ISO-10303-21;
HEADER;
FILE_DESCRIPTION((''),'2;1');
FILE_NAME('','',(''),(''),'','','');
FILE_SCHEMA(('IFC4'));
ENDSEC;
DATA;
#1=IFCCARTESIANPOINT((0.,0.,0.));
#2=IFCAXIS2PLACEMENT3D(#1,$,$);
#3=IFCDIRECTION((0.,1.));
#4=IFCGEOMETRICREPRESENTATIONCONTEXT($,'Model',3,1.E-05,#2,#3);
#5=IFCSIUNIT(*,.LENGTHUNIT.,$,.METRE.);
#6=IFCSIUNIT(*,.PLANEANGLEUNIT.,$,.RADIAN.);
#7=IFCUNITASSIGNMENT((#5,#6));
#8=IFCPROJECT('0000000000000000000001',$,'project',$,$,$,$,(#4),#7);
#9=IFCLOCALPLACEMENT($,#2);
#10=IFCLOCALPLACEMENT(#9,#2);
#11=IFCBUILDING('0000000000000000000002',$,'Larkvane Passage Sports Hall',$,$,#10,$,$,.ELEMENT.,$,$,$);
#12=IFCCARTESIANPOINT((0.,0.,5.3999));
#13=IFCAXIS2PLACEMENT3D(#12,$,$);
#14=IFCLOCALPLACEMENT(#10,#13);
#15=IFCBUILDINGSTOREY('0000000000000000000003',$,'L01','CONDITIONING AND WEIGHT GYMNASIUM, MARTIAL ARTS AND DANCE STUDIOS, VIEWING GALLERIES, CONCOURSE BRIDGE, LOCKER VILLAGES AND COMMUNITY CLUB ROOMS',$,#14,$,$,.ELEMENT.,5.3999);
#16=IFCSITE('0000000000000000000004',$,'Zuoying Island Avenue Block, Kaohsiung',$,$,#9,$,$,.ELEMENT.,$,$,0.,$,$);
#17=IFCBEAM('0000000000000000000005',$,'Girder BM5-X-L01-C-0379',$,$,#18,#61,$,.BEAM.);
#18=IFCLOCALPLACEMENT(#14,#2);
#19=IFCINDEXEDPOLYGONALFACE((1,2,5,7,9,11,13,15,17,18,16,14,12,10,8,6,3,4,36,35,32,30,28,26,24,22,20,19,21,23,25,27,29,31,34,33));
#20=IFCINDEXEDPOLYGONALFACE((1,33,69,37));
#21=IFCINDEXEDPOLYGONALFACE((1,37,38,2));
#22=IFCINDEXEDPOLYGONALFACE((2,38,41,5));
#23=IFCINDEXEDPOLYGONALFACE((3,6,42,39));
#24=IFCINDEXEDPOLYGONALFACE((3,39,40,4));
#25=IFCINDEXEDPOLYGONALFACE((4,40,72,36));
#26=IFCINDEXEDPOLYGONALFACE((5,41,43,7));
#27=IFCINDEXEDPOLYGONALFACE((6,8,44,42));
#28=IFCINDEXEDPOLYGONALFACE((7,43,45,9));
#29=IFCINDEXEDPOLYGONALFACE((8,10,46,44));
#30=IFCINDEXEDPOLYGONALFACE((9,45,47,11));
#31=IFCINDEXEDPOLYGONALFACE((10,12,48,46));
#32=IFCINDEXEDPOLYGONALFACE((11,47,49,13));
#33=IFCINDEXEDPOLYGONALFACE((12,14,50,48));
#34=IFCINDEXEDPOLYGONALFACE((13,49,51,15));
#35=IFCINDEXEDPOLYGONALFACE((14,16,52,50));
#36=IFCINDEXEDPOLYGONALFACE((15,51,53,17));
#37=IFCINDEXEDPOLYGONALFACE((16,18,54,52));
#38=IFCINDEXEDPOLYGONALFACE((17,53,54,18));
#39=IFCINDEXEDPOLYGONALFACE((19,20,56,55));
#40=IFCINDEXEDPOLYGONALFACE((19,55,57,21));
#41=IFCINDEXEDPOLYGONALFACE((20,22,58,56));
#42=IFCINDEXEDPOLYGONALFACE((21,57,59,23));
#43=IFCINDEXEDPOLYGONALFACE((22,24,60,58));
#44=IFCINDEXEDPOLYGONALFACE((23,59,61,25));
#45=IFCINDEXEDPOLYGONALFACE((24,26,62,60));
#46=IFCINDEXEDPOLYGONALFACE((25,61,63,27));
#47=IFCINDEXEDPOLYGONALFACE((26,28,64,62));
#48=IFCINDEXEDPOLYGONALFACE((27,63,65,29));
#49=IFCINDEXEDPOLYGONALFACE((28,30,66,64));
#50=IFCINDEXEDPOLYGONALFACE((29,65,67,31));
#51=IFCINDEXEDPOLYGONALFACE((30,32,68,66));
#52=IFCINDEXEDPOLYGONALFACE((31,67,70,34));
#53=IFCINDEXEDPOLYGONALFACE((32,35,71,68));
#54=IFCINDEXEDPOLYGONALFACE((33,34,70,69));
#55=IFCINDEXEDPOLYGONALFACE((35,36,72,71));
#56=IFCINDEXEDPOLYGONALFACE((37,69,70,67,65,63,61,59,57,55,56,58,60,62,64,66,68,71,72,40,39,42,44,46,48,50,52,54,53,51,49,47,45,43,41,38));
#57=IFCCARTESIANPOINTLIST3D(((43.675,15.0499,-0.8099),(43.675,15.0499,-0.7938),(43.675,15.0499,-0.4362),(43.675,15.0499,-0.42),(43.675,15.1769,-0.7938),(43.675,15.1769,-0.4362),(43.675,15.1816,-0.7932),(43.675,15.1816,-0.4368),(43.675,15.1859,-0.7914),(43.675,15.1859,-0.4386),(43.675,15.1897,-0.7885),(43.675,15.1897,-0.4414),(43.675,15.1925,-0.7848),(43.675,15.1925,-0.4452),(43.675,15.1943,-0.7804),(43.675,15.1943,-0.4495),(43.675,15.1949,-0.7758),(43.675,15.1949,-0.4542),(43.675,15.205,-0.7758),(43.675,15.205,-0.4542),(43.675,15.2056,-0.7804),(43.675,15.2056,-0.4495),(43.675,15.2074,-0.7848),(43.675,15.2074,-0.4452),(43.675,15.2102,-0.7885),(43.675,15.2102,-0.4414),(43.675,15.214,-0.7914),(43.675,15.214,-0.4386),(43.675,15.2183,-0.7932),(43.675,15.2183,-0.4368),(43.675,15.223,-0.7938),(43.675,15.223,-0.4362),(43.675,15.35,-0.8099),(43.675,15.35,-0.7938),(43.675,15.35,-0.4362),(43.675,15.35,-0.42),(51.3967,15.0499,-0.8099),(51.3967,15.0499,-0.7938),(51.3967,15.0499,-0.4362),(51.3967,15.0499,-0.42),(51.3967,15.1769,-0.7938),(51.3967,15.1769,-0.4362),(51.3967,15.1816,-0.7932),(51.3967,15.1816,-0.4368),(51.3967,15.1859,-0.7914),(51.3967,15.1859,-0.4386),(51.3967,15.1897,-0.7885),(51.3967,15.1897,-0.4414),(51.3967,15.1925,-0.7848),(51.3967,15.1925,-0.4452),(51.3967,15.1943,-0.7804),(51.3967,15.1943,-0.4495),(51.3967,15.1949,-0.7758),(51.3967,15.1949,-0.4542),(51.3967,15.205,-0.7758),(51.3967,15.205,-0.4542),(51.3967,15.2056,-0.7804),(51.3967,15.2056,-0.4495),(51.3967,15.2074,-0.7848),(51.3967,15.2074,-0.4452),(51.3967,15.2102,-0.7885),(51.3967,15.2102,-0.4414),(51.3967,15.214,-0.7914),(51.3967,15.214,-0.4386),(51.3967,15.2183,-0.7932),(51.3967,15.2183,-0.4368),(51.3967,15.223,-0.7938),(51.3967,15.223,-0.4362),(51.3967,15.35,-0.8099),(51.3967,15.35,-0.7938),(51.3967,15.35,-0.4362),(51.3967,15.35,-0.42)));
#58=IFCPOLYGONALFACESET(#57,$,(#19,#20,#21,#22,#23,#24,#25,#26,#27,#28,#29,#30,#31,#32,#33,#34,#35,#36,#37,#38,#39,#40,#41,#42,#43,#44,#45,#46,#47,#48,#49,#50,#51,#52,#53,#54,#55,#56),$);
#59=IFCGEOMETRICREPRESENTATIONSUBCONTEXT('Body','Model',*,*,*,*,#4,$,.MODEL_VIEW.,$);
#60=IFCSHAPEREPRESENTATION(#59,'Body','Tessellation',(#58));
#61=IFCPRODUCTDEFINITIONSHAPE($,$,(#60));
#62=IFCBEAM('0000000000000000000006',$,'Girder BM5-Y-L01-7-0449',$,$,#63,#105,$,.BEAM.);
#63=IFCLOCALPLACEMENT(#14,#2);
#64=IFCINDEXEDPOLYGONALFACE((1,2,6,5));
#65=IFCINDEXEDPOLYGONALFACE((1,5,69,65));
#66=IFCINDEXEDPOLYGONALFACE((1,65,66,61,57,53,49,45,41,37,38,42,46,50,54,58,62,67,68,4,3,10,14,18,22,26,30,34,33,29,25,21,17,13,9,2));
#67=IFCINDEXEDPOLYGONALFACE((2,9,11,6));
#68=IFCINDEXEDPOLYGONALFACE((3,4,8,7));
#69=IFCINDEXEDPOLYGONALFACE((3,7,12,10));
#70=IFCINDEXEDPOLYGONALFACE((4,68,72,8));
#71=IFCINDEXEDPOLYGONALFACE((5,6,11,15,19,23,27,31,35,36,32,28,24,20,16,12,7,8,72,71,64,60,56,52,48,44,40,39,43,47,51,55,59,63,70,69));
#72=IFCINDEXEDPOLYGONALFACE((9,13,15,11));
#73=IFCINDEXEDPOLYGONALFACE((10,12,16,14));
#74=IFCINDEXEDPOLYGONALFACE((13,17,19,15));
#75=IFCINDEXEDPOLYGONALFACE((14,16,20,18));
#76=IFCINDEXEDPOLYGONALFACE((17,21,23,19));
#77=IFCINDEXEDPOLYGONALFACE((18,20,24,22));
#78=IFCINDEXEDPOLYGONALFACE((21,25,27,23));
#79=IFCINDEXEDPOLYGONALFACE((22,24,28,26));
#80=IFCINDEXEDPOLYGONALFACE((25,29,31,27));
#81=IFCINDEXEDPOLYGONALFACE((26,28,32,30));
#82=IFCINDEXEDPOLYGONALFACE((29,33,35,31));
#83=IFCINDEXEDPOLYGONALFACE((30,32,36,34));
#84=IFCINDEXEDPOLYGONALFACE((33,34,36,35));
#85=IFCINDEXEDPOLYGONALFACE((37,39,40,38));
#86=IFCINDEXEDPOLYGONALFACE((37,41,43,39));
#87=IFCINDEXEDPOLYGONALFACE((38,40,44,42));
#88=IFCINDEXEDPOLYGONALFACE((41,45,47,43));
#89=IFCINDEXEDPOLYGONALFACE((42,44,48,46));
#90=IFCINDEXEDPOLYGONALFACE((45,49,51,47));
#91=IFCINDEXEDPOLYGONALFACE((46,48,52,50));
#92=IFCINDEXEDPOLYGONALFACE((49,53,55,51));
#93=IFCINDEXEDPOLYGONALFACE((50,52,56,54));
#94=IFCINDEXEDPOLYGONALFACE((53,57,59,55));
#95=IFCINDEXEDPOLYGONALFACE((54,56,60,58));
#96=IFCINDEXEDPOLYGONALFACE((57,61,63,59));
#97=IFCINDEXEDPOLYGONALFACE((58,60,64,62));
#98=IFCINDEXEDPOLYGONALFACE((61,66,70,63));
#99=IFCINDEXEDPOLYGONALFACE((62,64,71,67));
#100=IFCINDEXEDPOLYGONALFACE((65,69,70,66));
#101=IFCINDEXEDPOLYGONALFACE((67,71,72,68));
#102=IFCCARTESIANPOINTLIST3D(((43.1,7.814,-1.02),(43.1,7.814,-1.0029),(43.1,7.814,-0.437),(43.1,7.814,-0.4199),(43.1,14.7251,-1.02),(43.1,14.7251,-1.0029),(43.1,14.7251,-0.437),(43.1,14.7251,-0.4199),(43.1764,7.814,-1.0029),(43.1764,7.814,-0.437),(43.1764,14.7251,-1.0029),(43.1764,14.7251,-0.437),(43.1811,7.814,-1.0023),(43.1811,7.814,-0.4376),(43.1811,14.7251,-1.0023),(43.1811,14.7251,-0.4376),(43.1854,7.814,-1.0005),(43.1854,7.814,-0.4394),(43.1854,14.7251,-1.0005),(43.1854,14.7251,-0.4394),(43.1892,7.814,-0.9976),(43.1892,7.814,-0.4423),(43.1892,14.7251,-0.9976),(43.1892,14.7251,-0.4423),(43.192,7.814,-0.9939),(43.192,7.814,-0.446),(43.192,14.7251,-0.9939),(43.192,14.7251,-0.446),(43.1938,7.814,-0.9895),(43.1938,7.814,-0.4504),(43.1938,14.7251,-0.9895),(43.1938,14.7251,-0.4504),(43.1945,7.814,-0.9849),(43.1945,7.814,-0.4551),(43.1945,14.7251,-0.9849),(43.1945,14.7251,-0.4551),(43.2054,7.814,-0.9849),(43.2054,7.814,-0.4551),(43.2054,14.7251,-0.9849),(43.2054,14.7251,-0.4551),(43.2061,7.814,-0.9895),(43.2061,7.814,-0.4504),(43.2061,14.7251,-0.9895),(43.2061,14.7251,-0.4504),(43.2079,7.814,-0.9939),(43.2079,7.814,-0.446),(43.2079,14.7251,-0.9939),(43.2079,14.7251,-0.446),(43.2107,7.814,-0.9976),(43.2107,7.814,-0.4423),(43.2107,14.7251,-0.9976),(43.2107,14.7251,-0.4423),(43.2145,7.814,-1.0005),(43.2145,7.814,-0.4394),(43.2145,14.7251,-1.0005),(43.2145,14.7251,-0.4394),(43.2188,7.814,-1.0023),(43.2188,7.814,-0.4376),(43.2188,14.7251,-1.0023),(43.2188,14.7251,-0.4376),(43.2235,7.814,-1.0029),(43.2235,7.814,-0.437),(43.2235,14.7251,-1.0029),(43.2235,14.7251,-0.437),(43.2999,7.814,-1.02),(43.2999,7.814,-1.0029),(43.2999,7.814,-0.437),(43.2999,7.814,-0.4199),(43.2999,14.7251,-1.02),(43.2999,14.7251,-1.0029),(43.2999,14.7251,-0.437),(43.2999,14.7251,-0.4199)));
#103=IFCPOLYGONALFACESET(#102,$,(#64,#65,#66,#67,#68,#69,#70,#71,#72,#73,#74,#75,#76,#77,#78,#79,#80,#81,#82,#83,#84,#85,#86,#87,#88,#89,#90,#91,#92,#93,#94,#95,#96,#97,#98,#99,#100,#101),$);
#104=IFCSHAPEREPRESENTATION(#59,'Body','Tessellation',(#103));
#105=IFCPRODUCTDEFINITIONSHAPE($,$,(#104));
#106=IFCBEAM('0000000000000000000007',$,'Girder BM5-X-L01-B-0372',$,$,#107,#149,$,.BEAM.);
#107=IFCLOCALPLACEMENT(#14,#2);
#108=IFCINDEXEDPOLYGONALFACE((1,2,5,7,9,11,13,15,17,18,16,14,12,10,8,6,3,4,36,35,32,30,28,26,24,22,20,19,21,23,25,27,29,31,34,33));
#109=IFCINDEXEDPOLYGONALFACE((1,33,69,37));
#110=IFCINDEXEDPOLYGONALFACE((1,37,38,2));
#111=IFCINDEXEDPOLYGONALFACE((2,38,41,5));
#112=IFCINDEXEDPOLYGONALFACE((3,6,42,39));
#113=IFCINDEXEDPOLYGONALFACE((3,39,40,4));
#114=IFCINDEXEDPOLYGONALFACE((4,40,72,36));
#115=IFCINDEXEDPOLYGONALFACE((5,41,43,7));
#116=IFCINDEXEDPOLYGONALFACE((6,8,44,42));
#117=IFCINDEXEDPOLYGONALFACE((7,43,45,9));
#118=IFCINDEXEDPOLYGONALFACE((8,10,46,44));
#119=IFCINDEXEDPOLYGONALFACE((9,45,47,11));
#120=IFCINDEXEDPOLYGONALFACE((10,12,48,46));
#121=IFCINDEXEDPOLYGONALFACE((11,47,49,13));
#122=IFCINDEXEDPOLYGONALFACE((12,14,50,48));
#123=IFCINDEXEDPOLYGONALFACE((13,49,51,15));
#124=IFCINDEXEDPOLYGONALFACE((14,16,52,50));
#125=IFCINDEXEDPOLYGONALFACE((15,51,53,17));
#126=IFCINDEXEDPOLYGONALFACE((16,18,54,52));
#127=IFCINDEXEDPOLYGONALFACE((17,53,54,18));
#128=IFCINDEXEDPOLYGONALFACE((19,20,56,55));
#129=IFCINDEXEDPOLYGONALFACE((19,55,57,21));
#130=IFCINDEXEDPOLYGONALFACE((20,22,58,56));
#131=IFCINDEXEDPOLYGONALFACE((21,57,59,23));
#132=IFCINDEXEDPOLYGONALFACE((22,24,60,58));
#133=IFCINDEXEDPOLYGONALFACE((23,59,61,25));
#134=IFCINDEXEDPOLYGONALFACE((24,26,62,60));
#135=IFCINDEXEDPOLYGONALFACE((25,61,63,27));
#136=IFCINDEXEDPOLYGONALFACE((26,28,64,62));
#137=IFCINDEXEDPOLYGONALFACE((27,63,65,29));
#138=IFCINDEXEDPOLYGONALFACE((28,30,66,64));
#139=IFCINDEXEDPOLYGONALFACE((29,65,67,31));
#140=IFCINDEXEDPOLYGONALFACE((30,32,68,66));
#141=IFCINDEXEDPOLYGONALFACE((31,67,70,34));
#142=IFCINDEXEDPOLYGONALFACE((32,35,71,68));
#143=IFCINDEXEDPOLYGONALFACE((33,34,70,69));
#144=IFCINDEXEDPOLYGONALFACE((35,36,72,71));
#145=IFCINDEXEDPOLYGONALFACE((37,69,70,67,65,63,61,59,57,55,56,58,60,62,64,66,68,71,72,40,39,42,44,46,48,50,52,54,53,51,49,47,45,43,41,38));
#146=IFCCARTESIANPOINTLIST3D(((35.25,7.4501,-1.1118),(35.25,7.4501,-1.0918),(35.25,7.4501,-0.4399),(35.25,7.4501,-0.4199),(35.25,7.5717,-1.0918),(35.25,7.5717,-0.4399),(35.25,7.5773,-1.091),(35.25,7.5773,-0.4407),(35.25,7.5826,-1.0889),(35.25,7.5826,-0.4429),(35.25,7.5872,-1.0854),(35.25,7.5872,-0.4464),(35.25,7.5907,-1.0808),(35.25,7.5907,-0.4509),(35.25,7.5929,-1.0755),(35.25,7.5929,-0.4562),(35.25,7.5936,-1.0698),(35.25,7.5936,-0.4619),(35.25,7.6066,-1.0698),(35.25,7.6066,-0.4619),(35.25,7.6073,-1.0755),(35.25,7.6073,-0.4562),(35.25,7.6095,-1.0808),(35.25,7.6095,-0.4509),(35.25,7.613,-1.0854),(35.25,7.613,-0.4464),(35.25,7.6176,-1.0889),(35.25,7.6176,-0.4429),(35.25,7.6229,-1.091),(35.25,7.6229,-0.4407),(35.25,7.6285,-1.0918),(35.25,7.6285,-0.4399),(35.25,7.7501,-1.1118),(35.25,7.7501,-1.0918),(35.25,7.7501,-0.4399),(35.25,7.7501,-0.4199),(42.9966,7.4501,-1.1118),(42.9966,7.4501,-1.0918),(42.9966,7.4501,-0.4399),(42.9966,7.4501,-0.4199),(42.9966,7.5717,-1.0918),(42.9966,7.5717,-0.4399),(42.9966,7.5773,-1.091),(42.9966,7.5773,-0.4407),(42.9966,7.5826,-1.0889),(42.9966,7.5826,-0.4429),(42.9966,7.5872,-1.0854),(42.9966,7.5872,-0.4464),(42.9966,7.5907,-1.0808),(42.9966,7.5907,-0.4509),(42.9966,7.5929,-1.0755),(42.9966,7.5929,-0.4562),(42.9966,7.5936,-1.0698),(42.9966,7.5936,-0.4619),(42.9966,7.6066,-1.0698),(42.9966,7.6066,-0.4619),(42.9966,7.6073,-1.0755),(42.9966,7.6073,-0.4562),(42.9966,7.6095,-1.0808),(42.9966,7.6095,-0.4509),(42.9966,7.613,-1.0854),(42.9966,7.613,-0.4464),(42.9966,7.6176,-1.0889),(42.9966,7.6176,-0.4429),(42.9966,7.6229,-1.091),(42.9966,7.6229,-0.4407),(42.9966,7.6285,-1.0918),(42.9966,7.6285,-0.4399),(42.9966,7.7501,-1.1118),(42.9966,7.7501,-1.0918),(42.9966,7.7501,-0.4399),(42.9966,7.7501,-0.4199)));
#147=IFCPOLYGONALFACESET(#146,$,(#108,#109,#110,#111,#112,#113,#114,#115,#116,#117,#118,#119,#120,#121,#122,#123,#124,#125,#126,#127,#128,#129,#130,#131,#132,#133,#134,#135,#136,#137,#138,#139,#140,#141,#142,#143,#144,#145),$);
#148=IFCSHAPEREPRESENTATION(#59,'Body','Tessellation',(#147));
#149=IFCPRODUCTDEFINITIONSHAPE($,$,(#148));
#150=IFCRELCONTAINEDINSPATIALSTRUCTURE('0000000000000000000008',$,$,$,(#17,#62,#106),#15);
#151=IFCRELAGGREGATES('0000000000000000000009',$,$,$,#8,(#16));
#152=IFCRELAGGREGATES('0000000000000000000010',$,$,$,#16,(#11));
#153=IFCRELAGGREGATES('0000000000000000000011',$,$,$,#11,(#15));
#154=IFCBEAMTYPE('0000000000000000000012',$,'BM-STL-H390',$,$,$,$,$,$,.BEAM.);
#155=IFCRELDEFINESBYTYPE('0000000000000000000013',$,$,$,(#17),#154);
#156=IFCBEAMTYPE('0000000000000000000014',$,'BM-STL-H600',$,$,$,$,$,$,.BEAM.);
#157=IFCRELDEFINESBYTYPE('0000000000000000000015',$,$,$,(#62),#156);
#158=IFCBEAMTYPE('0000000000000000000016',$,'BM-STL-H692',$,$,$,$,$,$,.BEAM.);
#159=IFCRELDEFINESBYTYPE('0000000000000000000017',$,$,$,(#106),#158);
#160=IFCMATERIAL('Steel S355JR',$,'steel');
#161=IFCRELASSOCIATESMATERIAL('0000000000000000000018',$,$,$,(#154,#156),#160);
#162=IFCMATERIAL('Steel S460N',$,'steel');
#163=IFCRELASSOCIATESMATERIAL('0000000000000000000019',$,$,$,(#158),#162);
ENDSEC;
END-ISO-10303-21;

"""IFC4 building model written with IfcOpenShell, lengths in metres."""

from ifc_helpers import new_model, si_unit, direction, frame, origin, origin_2d, place, context, subcontext, project, spatial, i_section, extrude, material, material_profile, profile_set, type_object, element, save


model = new_model("IFC4")

# Units and contexts
model_context = context("Model", 3, precision=1e-05, world=origin(), true_north=direction((0.0, 1.0)))
body_context = subcontext(model_context, "Body", "Model", "MODEL_VIEW")
ifc_project = project(units=[si_unit("LENGTHUNIT", "METRE"), si_unit("PLANEANGLEUNIT", "RADIAN")], contexts=[model_context])

# Site, building, storey
site_placement = place(None, origin())
site = spatial("IfcSite", under=ifc_project, at=site_placement, Name="Zuoying Island Avenue Block, Kaohsiung", CompositionType="ELEMENT", RefElevation=0.0)
building_placement = place(site_placement, origin())
building = spatial("IfcBuilding", under=site, at=building_placement, Name="Larkvane Passage Sports Hall", CompositionType="ELEMENT")
storey_placement = place(building_placement, frame((0.0, 0.0, 5.3999)))
storey = spatial("IfcBuildingStorey", under=building, at=storey_placement, Name="L01", Description="CONDITIONING AND WEIGHT GYMNASIUM, MARTIAL ARTS AND DANCE STUDIOS, VIEWING GALLERIES, CONCOURSE BRIDGE, LOCKER VILLAGES AND COMMUNITY CLUB ROOMS", CompositionType="ELEMENT", Elevation=5.3999)

# Shared definitions
ifc_material_1 = material(Name="Steel S460N", Category="steel")

# Beams
ifc_material_2 = material(Name="Steel S355JR", Category="steel")
ifc_material_profile_1 = material_profile(ifc_material_2, i_section(OverallWidth=0.3, OverallDepth=0.3899, WebThickness=0.01, FlangeThickness=0.0161, FilletRadius=0.0181, at=origin_2d()), Name="H-390x300x10x16")
ifc_profile_set_1 = profile_set([ifc_material_profile_1], Name="Steel S355JR")
beam_type_1 = type_object("IfcBeamType", Name="BM-STL-H390", PredefinedType="BEAM", material=ifc_profile_set_1)
beam_1_placement = place(storey_placement, frame((43.675, 15.2, -0.615), z_axis=(1.0, 0.0, 0.0), x_axis=(0.0, 1.0, 0.0)))
element("IfcBeam", 1, at=beam_1_placement, inside=storey, type_object=beam_type_1, Name="Girder BM5-X-L01-C-0379", PredefinedType="BEAM", context=body_context, shape_type="SweptSolid", body=[
    extrude(i_section(OverallWidth=0.3, OverallDepth=0.3899, WebThickness=0.01, FlangeThickness=0.0161, FilletRadius=0.0181, at=origin_2d()), origin(), (0.0, 0.0, 1.0), 7.7217),
])
ifc_material_profile_2 = material_profile(ifc_material_2, i_section(OverallWidth=0.2, OverallDepth=0.6001, WebThickness=0.011, FlangeThickness=0.0171, FilletRadius=0.0181, at=origin_2d()), Name="H-600x200x11x17")
ifc_profile_set_2 = profile_set([ifc_material_profile_2], Name="Steel S355JR")
beam_type_2 = type_object("IfcBeamType", Name="BM-STL-H600", PredefinedType="BEAM", material=ifc_profile_set_2)
beam_2_placement = place(storey_placement, frame((43.2, 7.814, -0.72), z_axis=(0.0, 1.0, 0.0), x_axis=(-1.0, 0.0, 0.0)))
element("IfcBeam", 2, at=beam_2_placement, inside=storey, type_object=beam_type_2, Name="Girder BM5-Y-L01-7-0449", PredefinedType="BEAM", context=body_context, shape_type="SweptSolid", body=[
    extrude(i_section(OverallWidth=0.2, OverallDepth=0.6001, WebThickness=0.011, FlangeThickness=0.0171, FilletRadius=0.0181, at=origin_2d()), origin(), (0.0, 0.0, 1.0), 6.9111),
])
ifc_material_profile_3 = material_profile(ifc_material_1, i_section(OverallWidth=0.3, OverallDepth=0.6919, WebThickness=0.0129, FlangeThickness=0.02, FilletRadius=0.022, at=origin_2d()), Name="H-692x300x13x20")
ifc_profile_set_3 = profile_set([ifc_material_profile_3], Name="Steel S460N")
beam_type_3 = type_object("IfcBeamType", Name="BM-STL-H692", PredefinedType="BEAM", material=ifc_profile_set_3)
beam_3_placement = place(storey_placement, frame((35.25, 7.6001, -0.7659), z_axis=(1.0, 0.0, 0.0), x_axis=(0.0, 1.0, 0.0)))
element("IfcBeam", 3, at=beam_3_placement, inside=storey, type_object=beam_type_3, Name="Girder BM5-X-L01-B-0372", PredefinedType="BEAM", context=body_context, shape_type="SweptSolid", body=[
    extrude(i_section(OverallWidth=0.3, OverallDepth=0.6919, WebThickness=0.0129, FlangeThickness=0.02, FilletRadius=0.022, at=origin_2d()), origin(), (0.0, 0.0, 1.0), 7.7466),
])

save(model, "model.ifc")
